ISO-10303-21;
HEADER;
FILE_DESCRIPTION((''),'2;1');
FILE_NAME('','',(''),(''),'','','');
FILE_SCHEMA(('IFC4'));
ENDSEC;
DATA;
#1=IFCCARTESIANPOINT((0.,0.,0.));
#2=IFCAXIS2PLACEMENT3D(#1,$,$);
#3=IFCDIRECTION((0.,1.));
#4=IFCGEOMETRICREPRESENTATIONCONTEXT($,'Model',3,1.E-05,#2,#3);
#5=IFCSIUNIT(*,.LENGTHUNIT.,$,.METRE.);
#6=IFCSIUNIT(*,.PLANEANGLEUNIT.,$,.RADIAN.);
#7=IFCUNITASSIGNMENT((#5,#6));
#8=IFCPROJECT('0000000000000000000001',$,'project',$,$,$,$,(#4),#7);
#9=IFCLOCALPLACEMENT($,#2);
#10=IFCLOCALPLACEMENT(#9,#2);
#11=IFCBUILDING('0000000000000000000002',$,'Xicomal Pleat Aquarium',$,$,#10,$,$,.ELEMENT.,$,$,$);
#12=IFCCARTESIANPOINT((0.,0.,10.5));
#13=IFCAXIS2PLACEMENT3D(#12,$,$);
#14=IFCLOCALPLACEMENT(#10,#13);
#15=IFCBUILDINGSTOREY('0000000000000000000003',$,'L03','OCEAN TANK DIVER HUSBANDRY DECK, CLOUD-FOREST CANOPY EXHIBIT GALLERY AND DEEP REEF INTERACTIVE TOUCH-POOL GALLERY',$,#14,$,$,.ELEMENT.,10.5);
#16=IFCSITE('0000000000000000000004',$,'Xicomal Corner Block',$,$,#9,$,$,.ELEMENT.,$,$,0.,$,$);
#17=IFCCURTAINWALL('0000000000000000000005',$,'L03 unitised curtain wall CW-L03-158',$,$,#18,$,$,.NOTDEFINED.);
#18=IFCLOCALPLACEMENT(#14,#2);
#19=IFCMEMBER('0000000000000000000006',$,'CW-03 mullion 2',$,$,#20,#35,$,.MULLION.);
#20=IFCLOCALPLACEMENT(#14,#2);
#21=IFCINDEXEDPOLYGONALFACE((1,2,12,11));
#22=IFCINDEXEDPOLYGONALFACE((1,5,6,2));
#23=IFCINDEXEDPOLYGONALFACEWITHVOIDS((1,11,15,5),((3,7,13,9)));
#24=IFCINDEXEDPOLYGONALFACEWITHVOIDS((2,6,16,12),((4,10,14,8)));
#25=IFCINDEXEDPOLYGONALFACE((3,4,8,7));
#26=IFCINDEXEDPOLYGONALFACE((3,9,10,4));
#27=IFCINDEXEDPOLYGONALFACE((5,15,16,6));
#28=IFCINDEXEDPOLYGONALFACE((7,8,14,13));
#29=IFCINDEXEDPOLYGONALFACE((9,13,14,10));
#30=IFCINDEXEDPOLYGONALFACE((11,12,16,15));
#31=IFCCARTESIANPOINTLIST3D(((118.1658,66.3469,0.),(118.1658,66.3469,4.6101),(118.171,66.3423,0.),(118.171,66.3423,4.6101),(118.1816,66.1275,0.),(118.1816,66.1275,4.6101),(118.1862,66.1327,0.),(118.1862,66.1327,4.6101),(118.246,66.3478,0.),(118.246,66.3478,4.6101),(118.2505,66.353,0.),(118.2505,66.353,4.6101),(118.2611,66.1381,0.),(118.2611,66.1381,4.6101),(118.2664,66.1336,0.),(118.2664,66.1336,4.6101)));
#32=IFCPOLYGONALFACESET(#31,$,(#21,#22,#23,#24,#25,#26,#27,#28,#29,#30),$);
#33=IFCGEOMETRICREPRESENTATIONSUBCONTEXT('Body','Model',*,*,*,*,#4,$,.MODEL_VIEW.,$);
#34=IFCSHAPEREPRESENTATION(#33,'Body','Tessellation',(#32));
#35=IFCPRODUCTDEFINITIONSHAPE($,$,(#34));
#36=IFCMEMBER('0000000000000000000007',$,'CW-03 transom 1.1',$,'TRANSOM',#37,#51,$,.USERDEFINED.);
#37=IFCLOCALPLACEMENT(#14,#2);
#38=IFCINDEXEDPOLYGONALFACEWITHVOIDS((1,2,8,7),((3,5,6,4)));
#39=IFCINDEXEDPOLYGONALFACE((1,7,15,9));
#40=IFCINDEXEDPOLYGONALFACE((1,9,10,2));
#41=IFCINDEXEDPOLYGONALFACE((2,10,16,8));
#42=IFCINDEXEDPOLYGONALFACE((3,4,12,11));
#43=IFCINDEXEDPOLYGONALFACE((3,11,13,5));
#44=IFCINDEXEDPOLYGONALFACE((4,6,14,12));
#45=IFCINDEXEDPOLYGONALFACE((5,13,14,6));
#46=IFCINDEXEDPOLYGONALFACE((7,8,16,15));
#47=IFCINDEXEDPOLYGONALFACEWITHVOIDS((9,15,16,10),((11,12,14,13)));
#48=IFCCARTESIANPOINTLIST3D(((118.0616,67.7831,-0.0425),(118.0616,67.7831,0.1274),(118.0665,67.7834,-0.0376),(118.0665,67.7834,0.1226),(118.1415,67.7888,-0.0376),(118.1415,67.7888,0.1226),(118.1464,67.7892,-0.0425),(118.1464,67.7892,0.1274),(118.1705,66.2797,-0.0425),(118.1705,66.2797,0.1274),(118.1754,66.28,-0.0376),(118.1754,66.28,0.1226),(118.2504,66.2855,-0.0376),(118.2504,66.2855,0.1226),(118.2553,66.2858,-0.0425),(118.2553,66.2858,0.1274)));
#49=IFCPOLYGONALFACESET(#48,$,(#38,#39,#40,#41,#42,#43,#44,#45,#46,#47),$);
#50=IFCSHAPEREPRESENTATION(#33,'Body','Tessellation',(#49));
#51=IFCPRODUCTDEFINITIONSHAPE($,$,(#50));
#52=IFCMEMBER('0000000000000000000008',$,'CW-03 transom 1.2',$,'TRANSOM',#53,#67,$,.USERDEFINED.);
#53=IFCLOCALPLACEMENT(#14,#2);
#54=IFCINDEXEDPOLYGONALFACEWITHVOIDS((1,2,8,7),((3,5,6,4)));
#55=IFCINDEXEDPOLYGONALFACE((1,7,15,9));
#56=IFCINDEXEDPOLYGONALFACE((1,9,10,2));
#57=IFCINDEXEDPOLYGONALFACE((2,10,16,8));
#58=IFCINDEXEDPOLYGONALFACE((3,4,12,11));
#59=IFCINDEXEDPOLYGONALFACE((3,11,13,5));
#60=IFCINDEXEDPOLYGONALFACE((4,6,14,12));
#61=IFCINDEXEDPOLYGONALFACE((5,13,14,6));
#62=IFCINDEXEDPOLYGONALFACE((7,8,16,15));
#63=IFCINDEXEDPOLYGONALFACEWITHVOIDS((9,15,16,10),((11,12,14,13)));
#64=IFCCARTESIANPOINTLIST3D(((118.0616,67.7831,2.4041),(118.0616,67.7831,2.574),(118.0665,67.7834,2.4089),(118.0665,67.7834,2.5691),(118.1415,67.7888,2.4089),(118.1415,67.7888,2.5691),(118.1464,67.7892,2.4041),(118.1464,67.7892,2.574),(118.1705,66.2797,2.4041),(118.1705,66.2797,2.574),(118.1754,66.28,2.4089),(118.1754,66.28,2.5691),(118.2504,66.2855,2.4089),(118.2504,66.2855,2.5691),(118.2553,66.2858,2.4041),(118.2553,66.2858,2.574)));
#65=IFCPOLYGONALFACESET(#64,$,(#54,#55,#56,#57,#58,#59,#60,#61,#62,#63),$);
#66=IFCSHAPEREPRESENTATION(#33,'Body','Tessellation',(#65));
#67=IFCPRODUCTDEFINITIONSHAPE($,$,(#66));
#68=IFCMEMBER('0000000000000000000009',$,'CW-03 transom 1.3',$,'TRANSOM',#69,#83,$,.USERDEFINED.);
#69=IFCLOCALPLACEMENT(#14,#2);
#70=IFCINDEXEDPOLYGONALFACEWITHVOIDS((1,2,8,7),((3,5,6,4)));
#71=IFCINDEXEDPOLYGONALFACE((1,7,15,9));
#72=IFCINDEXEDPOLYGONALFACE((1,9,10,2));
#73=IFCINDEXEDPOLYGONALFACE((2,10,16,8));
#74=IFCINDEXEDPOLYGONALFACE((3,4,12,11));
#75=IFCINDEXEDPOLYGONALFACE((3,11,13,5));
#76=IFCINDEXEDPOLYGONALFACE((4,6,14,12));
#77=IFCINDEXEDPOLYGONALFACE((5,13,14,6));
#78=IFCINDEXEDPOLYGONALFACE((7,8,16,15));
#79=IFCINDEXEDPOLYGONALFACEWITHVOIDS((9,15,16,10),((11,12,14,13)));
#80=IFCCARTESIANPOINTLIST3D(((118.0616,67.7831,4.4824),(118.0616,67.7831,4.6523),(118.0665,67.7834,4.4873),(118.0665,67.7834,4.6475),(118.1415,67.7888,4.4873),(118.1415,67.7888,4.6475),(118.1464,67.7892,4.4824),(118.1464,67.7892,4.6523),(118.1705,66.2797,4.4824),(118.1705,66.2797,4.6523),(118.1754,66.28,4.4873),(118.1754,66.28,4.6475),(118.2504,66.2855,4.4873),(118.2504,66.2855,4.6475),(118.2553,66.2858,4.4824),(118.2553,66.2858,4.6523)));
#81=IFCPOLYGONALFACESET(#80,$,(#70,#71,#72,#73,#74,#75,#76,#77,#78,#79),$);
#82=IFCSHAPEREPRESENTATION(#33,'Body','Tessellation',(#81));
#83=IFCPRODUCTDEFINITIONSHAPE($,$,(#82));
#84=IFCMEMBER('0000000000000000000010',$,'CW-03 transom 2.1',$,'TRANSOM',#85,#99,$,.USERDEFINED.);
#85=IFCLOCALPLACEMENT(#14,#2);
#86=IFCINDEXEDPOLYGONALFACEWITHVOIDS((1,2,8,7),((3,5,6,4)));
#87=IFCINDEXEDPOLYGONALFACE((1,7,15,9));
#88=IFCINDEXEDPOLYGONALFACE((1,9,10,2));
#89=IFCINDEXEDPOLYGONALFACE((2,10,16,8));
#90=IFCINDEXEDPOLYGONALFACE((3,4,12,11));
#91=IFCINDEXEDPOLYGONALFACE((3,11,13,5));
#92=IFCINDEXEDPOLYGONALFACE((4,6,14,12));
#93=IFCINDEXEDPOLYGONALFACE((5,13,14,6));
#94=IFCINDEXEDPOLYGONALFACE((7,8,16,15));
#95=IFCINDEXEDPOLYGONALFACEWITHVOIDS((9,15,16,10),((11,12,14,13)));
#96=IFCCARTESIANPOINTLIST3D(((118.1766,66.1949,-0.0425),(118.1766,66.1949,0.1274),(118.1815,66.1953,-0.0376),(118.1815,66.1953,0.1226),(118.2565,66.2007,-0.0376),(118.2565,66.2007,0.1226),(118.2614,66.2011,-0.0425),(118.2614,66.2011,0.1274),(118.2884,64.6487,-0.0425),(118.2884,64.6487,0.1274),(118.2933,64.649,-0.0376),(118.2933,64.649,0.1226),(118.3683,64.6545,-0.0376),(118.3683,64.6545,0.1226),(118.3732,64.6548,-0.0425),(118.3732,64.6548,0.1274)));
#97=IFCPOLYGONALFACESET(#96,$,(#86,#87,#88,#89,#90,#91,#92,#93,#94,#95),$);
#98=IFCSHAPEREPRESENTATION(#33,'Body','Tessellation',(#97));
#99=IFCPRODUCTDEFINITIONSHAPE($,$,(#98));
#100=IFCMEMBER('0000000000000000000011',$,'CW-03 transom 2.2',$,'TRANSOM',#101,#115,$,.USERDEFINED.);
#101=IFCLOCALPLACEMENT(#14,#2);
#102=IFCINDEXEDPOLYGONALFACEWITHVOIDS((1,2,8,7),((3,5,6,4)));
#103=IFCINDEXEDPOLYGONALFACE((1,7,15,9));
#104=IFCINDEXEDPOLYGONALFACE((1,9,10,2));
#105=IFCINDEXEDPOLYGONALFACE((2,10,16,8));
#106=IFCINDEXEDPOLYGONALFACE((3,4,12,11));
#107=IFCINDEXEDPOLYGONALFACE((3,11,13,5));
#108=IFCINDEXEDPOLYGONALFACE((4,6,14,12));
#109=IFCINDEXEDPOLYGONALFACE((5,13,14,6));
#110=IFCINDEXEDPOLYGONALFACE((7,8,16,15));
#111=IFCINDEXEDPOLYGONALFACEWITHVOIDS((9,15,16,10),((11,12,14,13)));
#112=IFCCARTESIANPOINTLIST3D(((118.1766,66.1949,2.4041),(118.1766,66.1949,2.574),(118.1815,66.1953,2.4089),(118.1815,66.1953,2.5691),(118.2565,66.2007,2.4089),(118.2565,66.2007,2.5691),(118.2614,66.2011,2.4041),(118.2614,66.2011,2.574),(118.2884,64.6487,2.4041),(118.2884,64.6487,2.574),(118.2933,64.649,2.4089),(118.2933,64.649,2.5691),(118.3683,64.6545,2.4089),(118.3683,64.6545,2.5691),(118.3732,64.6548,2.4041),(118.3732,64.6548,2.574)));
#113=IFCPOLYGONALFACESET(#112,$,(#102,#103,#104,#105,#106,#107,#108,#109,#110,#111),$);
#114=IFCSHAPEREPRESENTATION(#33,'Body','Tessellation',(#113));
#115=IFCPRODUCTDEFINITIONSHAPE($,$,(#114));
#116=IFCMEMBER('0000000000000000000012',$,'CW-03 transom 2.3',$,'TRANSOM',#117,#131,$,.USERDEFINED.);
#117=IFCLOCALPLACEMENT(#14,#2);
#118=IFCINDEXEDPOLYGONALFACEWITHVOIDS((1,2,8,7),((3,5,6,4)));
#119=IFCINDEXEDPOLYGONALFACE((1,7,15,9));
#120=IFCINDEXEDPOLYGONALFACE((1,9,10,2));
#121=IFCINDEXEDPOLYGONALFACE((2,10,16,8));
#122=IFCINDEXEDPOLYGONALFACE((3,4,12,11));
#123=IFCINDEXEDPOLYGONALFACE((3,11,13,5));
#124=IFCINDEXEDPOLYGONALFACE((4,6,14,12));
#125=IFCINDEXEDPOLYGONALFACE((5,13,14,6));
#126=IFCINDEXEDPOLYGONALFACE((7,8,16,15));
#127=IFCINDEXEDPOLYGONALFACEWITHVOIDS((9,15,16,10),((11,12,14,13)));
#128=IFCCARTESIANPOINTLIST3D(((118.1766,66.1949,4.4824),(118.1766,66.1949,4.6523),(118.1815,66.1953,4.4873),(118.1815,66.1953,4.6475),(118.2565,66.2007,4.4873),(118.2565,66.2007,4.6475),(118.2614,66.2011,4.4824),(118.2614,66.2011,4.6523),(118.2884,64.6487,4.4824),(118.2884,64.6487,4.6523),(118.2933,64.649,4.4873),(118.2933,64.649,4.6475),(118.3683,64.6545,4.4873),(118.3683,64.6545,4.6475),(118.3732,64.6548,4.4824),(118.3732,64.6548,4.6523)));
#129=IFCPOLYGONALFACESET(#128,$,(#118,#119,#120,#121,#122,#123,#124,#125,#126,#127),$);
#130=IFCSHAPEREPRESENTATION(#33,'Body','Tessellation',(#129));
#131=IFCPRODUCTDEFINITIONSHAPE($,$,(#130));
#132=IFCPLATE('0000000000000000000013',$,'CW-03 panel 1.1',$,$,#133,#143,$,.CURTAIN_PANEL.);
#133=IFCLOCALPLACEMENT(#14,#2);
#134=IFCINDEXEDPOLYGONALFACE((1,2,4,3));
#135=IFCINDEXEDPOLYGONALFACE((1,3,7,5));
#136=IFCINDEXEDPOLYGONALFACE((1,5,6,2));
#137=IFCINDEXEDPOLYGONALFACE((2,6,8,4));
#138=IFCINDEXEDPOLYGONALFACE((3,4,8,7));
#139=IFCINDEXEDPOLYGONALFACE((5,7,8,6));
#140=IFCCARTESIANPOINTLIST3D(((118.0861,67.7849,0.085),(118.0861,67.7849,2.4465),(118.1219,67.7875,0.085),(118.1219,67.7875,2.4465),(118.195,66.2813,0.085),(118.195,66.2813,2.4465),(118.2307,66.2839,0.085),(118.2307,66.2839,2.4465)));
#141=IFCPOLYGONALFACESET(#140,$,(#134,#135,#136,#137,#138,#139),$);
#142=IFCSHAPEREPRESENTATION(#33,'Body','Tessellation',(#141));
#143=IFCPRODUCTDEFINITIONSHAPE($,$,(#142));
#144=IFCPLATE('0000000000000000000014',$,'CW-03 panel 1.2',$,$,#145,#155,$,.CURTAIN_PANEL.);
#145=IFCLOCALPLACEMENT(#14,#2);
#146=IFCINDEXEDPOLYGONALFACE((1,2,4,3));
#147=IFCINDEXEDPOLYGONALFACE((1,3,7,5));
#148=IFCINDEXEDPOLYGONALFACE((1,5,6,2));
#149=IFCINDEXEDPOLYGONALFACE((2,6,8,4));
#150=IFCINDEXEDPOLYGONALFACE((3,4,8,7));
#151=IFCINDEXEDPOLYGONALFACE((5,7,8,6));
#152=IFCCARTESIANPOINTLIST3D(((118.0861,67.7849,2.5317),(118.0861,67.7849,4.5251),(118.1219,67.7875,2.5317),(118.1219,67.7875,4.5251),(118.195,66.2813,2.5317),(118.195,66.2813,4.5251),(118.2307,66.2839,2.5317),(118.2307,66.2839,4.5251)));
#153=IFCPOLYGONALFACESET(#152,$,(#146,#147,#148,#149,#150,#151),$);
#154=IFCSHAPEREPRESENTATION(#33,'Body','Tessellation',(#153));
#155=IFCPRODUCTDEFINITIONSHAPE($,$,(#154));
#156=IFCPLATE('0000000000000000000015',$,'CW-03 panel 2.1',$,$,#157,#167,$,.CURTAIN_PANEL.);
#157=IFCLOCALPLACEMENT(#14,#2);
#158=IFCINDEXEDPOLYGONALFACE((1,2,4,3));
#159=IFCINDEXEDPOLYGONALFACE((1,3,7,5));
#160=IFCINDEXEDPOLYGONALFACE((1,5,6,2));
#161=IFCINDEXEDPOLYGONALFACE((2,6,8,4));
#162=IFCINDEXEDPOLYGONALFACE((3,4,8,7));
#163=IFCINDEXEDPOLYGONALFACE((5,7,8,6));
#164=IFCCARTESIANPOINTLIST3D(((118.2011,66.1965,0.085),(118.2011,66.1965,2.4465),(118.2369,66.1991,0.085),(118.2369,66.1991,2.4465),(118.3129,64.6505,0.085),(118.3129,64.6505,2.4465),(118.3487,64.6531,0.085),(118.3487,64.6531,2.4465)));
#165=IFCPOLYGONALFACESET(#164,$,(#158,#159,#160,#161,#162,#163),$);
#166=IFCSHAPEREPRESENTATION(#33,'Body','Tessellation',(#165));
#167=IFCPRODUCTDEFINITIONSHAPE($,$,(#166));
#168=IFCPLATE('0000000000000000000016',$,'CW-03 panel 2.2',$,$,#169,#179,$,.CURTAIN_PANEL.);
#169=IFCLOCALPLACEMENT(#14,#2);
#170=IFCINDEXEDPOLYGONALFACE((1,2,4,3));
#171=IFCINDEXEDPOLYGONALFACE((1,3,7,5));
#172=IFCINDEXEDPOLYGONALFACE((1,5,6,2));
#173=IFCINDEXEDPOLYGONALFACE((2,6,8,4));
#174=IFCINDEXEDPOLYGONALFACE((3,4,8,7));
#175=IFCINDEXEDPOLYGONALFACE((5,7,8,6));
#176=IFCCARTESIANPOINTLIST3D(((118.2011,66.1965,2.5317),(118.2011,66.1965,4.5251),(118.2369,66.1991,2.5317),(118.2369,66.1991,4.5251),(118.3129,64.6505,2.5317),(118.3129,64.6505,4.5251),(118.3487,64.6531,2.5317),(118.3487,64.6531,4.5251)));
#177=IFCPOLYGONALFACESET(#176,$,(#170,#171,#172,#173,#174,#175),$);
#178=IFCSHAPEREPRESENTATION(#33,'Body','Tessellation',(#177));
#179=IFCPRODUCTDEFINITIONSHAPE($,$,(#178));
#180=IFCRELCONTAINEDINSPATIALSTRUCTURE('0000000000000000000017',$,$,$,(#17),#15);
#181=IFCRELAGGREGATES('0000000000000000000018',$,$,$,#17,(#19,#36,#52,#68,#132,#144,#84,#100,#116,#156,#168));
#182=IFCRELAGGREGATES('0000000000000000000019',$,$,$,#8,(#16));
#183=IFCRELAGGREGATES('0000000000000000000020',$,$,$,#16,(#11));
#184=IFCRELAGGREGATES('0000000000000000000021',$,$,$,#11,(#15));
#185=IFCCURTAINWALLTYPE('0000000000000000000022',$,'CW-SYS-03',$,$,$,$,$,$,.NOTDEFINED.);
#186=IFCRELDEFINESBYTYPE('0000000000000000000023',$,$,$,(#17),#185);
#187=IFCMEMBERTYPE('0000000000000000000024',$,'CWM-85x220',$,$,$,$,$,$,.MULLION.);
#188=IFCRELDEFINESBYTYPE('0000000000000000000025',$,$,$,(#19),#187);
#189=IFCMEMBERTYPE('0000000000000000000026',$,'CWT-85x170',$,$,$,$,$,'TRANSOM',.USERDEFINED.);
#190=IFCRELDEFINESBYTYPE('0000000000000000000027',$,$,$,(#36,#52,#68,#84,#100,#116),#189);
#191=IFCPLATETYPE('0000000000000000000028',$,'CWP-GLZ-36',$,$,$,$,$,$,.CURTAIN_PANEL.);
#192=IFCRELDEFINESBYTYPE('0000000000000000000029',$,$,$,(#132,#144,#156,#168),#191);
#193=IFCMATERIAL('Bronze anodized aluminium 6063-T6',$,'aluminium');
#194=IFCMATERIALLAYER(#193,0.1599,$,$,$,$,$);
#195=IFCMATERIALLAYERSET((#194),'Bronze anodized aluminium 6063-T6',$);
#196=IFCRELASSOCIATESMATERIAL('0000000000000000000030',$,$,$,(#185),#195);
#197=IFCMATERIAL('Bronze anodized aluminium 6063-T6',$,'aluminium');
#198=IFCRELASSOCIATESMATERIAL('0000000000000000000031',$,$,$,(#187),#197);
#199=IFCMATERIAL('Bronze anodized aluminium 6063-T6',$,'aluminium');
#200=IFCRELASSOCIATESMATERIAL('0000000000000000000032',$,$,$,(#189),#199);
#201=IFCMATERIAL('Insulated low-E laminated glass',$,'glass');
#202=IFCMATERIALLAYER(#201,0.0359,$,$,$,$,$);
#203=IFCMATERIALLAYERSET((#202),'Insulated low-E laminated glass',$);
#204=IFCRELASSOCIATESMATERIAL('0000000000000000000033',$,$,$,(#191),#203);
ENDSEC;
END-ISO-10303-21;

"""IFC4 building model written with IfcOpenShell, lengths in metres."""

from ifc_helpers import new_model, si_unit, direction, frame, origin, origin_2d, place, context, subcontext, project, spatial, rectangle, hollow_rectangle, extrude, material, layer, layer_set, material_profile, profile_set, type_object, element, aggregate, save


model = new_model("IFC4")

# Units and contexts
model_context = context("Model", 3, precision=1e-05, world=origin(), true_north=direction((0.0, 1.0)))
body_context = subcontext(model_context, "Body", "Model", "MODEL_VIEW")
ifc_project = project(units=[si_unit("LENGTHUNIT", "METRE"), si_unit("PLANEANGLEUNIT", "RADIAN")], contexts=[model_context])

# Site, building, storey
site_placement = place(None, origin())
site = spatial("IfcSite", under=ifc_project, at=site_placement, Name="Xicomal Corner Block", CompositionType="ELEMENT", RefElevation=0.0)
building_placement = place(site_placement, origin())
building = spatial("IfcBuilding", under=site, at=building_placement, Name="Xicomal Pleat Aquarium", CompositionType="ELEMENT")
storey_placement = place(building_placement, frame((0.0, 0.0, 10.5)))
storey = spatial("IfcBuildingStorey", under=building, at=storey_placement, Name="L03", Description="OCEAN TANK DIVER HUSBANDRY DECK, CLOUD-FOREST CANOPY EXHIBIT GALLERY AND DEEP REEF INTERACTIVE TOUCH-POOL GALLERY", CompositionType="ELEMENT", Elevation=10.5)

# Curtain wall, members, plates
ifc_material_1 = material(Name="Bronze anodized aluminium 6063-T6", Category="aluminium")
ifc_layer_1 = layer(ifc_material_1, 0.1599)
ifc_layer_set_1 = layer_set([ifc_layer_1], Name="Bronze anodized aluminium 6063-T6")
curtain_wall_type = type_object("IfcCurtainWallType", Name="CW-SYS-03", PredefinedType="NOTDEFINED", material=ifc_layer_set_1)
curtain_wall_placement = place(storey_placement, origin())
curtain_wall = element("IfcCurtainWall", 1, at=curtain_wall_placement, inside=storey, type_object=curtain_wall_type, Name="L03 unitised curtain wall CW-L03-158", PredefinedType="NOTDEFINED")
ifc_material_2 = material(Name="Bronze anodized aluminium 6063-T6", Category="aluminium")
ifc_material_profile_1 = material_profile(ifc_material_2, hollow_rectangle(XDim=0.085, YDim=0.22, WallThickness=0.0049, at=origin_2d()), Name="ALU MULL 85x220")
ifc_profile_set_1 = profile_set([ifc_material_profile_1], Name="Bronze anodized aluminium 6063-T6")
member_type_1 = type_object("IfcMemberType", Name="CWM-85x220", PredefinedType="MULLION", material=ifc_profile_set_1)
member_1_placement = place(storey_placement, frame((118.2161, 66.2402, 0.0), z_axis=(0.0, 0.0, 1.0), x_axis=(0.997392, 0.072171, 0.0)))
member_1 = element("IfcMember", 2, at=member_1_placement, type_object=member_type_1, Name="CW-03 mullion 2", PredefinedType="MULLION", context=body_context, shape_type="SweptSolid", body=[
    extrude(hollow_rectangle(XDim=0.085, YDim=0.22, WallThickness=0.0049, at=origin_2d()), origin(), (0.0, 0.0, 1.0), 4.6101),
])
ifc_material_3 = material(Name="Bronze anodized aluminium 6063-T6", Category="aluminium")
ifc_material_profile_2 = material_profile(ifc_material_3, hollow_rectangle(XDim=0.085, YDim=0.1699, WallThickness=0.0049, at=origin_2d()), Name="ALU TRAN 85x170")
ifc_profile_set_2 = profile_set([ifc_material_profile_2], Name="Bronze anodized aluminium 6063-T6")
member_type_2 = type_object("IfcMemberType", Name="CWT-85x170", ElementType="TRANSOM", PredefinedType="USERDEFINED", material=ifc_profile_set_2)
member_2_placement = place(storey_placement, frame((118.104, 67.7861, 0.0425), z_axis=(0.072237, -0.997388, 0.0), x_axis=(0.997388, 0.072237, 0.0)))
member_2 = element("IfcMember", 3, at=member_2_placement, type_object=member_type_2, Name="CW-03 transom 1.1", ObjectType="TRANSOM", PredefinedType="USERDEFINED", context=body_context, shape_type="SweptSolid", body=[
    extrude(hollow_rectangle(XDim=0.085, YDim=0.1699, WallThickness=0.0049, at=origin_2d()), origin(), (0.0, 0.0, 1.0), 1.5073),
])
member_3_placement = place(storey_placement, frame((118.104, 67.7861, 2.489), z_axis=(0.072237, -0.997388, 0.0), x_axis=(0.997388, 0.072237, 0.0)))
member_3 = element("IfcMember", 4, at=member_3_placement, type_object=member_type_2, Name="CW-03 transom 1.2", ObjectType="TRANSOM", PredefinedType="USERDEFINED", context=body_context, shape_type="SweptSolid", body=[
    extrude(hollow_rectangle(XDim=0.085, YDim=0.1699, WallThickness=0.0049, at=origin_2d()), origin(), (0.0, 0.0, 1.0), 1.5073),
])
member_4_placement = place(storey_placement, frame((118.104, 67.7861, 4.5674), z_axis=(0.072237, -0.997388, 0.0), x_axis=(0.997388, 0.072237, 0.0)))
member_4 = element("IfcMember", 5, at=member_4_placement, type_object=member_type_2, Name="CW-03 transom 1.3", ObjectType="TRANSOM", PredefinedType="USERDEFINED", context=body_context, shape_type="SweptSolid", body=[
    extrude(hollow_rectangle(XDim=0.085, YDim=0.1699, WallThickness=0.0049, at=origin_2d()), origin(), (0.0, 0.0, 1.0), 1.5073),
])
member_5_placement = place(storey_placement, frame((118.219, 66.198, 0.0425), z_axis=(0.072131, -0.997395, 0.0), x_axis=(0.997395, 0.072131, 0.0)))
member_5 = element("IfcMember", 6, at=member_5_placement, type_object=member_type_2, Name="CW-03 transom 2.1", ObjectType="TRANSOM", PredefinedType="USERDEFINED", context=body_context, shape_type="SweptSolid", body=[
    extrude(hollow_rectangle(XDim=0.085, YDim=0.1699, WallThickness=0.0049, at=origin_2d()), origin(), (0.0, 0.0, 1.0), 1.5503),
])
member_6_placement = place(storey_placement, frame((118.219, 66.198, 2.489), z_axis=(0.072131, -0.997395, 0.0), x_axis=(0.997395, 0.072131, 0.0)))
member_6 = element("IfcMember", 7, at=member_6_placement, type_object=member_type_2, Name="CW-03 transom 2.2", ObjectType="TRANSOM", PredefinedType="USERDEFINED", context=body_context, shape_type="SweptSolid", body=[
    extrude(hollow_rectangle(XDim=0.085, YDim=0.1699, WallThickness=0.0049, at=origin_2d()), origin(), (0.0, 0.0, 1.0), 1.5503),
])
member_7_placement = place(storey_placement, frame((118.219, 66.198, 4.5674), z_axis=(0.072131, -0.997395, 0.0), x_axis=(0.997395, 0.072131, 0.0)))
member_7 = element("IfcMember", 8, at=member_7_placement, type_object=member_type_2, Name="CW-03 transom 2.3", ObjectType="TRANSOM", PredefinedType="USERDEFINED", context=body_context, shape_type="SweptSolid", body=[
    extrude(hollow_rectangle(XDim=0.085, YDim=0.1699, WallThickness=0.0049, at=origin_2d()), origin(), (0.0, 0.0, 1.0), 1.5503),
])
ifc_material_4 = material(Name="Insulated low-E laminated glass", Category="glass")
ifc_layer_2 = layer(ifc_material_4, 0.0359)
ifc_layer_set_2 = layer_set([ifc_layer_2], Name="Insulated low-E laminated glass")
plate_type = type_object("IfcPlateType", Name="CWP-GLZ-36", PredefinedType="CURTAIN_PANEL", material=ifc_layer_set_2)
plate_1_placement = place(storey_placement, frame((118.1584, 67.0344, 0.085), z_axis=(0.0, 0.0, 1.0), x_axis=(0.072171, -0.997392, 0.0)))
plate_1 = element("IfcPlate", 9, at=plate_1_placement, type_object=plate_type, Name="CW-03 panel 1.1", PredefinedType="CURTAIN_PANEL", context=body_context, shape_type="SweptSolid", body=[
    extrude(rectangle(XDim=1.5076, YDim=0.0359, at=origin_2d()), origin(), (0.0, 0.0, 1.0), 2.3616),
])
plate_2_placement = place(storey_placement, frame((118.1584, 67.0344, 2.5317), z_axis=(0.0, 0.0, 1.0), x_axis=(0.072171, -0.997392, 0.0)))
plate_2 = element("IfcPlate", 10, at=plate_2_placement, type_object=plate_type, Name="CW-03 panel 1.2", PredefinedType="CURTAIN_PANEL", context=body_context, shape_type="SweptSolid", body=[
    extrude(rectangle(XDim=1.5076, YDim=0.0359, at=origin_2d()), origin(), (0.0, 0.0, 1.0), 1.9934),
])
plate_3_placement = place(storey_placement, frame((118.2749, 65.4248, 0.085), z_axis=(0.0, 0.0, 1.0), x_axis=(0.072171, -0.997392, 0.0)))
plate_3 = element("IfcPlate", 11, at=plate_3_placement, type_object=plate_type, Name="CW-03 panel 2.1", PredefinedType="CURTAIN_PANEL", context=body_context, shape_type="SweptSolid", body=[
    extrude(rectangle(XDim=1.55, YDim=0.0359, at=origin_2d()), origin(), (0.0, 0.0, 1.0), 2.3616),
])
plate_4_placement = place(storey_placement, frame((118.2749, 65.4248, 2.5317), z_axis=(0.0, 0.0, 1.0), x_axis=(0.072171, -0.997392, 0.0)))
plate_4 = element("IfcPlate", 12, at=plate_4_placement, type_object=plate_type, Name="CW-03 panel 2.2", PredefinedType="CURTAIN_PANEL", context=body_context, shape_type="SweptSolid", body=[
    extrude(rectangle(XDim=1.55, YDim=0.0359, at=origin_2d()), origin(), (0.0, 0.0, 1.0), 1.9934),
])
aggregate(curtain_wall, [member_1, member_2, member_3, member_4, plate_1, plate_2, member_5, member_6, member_7, plate_3, plate_4])

save(model, "model.ifc")
